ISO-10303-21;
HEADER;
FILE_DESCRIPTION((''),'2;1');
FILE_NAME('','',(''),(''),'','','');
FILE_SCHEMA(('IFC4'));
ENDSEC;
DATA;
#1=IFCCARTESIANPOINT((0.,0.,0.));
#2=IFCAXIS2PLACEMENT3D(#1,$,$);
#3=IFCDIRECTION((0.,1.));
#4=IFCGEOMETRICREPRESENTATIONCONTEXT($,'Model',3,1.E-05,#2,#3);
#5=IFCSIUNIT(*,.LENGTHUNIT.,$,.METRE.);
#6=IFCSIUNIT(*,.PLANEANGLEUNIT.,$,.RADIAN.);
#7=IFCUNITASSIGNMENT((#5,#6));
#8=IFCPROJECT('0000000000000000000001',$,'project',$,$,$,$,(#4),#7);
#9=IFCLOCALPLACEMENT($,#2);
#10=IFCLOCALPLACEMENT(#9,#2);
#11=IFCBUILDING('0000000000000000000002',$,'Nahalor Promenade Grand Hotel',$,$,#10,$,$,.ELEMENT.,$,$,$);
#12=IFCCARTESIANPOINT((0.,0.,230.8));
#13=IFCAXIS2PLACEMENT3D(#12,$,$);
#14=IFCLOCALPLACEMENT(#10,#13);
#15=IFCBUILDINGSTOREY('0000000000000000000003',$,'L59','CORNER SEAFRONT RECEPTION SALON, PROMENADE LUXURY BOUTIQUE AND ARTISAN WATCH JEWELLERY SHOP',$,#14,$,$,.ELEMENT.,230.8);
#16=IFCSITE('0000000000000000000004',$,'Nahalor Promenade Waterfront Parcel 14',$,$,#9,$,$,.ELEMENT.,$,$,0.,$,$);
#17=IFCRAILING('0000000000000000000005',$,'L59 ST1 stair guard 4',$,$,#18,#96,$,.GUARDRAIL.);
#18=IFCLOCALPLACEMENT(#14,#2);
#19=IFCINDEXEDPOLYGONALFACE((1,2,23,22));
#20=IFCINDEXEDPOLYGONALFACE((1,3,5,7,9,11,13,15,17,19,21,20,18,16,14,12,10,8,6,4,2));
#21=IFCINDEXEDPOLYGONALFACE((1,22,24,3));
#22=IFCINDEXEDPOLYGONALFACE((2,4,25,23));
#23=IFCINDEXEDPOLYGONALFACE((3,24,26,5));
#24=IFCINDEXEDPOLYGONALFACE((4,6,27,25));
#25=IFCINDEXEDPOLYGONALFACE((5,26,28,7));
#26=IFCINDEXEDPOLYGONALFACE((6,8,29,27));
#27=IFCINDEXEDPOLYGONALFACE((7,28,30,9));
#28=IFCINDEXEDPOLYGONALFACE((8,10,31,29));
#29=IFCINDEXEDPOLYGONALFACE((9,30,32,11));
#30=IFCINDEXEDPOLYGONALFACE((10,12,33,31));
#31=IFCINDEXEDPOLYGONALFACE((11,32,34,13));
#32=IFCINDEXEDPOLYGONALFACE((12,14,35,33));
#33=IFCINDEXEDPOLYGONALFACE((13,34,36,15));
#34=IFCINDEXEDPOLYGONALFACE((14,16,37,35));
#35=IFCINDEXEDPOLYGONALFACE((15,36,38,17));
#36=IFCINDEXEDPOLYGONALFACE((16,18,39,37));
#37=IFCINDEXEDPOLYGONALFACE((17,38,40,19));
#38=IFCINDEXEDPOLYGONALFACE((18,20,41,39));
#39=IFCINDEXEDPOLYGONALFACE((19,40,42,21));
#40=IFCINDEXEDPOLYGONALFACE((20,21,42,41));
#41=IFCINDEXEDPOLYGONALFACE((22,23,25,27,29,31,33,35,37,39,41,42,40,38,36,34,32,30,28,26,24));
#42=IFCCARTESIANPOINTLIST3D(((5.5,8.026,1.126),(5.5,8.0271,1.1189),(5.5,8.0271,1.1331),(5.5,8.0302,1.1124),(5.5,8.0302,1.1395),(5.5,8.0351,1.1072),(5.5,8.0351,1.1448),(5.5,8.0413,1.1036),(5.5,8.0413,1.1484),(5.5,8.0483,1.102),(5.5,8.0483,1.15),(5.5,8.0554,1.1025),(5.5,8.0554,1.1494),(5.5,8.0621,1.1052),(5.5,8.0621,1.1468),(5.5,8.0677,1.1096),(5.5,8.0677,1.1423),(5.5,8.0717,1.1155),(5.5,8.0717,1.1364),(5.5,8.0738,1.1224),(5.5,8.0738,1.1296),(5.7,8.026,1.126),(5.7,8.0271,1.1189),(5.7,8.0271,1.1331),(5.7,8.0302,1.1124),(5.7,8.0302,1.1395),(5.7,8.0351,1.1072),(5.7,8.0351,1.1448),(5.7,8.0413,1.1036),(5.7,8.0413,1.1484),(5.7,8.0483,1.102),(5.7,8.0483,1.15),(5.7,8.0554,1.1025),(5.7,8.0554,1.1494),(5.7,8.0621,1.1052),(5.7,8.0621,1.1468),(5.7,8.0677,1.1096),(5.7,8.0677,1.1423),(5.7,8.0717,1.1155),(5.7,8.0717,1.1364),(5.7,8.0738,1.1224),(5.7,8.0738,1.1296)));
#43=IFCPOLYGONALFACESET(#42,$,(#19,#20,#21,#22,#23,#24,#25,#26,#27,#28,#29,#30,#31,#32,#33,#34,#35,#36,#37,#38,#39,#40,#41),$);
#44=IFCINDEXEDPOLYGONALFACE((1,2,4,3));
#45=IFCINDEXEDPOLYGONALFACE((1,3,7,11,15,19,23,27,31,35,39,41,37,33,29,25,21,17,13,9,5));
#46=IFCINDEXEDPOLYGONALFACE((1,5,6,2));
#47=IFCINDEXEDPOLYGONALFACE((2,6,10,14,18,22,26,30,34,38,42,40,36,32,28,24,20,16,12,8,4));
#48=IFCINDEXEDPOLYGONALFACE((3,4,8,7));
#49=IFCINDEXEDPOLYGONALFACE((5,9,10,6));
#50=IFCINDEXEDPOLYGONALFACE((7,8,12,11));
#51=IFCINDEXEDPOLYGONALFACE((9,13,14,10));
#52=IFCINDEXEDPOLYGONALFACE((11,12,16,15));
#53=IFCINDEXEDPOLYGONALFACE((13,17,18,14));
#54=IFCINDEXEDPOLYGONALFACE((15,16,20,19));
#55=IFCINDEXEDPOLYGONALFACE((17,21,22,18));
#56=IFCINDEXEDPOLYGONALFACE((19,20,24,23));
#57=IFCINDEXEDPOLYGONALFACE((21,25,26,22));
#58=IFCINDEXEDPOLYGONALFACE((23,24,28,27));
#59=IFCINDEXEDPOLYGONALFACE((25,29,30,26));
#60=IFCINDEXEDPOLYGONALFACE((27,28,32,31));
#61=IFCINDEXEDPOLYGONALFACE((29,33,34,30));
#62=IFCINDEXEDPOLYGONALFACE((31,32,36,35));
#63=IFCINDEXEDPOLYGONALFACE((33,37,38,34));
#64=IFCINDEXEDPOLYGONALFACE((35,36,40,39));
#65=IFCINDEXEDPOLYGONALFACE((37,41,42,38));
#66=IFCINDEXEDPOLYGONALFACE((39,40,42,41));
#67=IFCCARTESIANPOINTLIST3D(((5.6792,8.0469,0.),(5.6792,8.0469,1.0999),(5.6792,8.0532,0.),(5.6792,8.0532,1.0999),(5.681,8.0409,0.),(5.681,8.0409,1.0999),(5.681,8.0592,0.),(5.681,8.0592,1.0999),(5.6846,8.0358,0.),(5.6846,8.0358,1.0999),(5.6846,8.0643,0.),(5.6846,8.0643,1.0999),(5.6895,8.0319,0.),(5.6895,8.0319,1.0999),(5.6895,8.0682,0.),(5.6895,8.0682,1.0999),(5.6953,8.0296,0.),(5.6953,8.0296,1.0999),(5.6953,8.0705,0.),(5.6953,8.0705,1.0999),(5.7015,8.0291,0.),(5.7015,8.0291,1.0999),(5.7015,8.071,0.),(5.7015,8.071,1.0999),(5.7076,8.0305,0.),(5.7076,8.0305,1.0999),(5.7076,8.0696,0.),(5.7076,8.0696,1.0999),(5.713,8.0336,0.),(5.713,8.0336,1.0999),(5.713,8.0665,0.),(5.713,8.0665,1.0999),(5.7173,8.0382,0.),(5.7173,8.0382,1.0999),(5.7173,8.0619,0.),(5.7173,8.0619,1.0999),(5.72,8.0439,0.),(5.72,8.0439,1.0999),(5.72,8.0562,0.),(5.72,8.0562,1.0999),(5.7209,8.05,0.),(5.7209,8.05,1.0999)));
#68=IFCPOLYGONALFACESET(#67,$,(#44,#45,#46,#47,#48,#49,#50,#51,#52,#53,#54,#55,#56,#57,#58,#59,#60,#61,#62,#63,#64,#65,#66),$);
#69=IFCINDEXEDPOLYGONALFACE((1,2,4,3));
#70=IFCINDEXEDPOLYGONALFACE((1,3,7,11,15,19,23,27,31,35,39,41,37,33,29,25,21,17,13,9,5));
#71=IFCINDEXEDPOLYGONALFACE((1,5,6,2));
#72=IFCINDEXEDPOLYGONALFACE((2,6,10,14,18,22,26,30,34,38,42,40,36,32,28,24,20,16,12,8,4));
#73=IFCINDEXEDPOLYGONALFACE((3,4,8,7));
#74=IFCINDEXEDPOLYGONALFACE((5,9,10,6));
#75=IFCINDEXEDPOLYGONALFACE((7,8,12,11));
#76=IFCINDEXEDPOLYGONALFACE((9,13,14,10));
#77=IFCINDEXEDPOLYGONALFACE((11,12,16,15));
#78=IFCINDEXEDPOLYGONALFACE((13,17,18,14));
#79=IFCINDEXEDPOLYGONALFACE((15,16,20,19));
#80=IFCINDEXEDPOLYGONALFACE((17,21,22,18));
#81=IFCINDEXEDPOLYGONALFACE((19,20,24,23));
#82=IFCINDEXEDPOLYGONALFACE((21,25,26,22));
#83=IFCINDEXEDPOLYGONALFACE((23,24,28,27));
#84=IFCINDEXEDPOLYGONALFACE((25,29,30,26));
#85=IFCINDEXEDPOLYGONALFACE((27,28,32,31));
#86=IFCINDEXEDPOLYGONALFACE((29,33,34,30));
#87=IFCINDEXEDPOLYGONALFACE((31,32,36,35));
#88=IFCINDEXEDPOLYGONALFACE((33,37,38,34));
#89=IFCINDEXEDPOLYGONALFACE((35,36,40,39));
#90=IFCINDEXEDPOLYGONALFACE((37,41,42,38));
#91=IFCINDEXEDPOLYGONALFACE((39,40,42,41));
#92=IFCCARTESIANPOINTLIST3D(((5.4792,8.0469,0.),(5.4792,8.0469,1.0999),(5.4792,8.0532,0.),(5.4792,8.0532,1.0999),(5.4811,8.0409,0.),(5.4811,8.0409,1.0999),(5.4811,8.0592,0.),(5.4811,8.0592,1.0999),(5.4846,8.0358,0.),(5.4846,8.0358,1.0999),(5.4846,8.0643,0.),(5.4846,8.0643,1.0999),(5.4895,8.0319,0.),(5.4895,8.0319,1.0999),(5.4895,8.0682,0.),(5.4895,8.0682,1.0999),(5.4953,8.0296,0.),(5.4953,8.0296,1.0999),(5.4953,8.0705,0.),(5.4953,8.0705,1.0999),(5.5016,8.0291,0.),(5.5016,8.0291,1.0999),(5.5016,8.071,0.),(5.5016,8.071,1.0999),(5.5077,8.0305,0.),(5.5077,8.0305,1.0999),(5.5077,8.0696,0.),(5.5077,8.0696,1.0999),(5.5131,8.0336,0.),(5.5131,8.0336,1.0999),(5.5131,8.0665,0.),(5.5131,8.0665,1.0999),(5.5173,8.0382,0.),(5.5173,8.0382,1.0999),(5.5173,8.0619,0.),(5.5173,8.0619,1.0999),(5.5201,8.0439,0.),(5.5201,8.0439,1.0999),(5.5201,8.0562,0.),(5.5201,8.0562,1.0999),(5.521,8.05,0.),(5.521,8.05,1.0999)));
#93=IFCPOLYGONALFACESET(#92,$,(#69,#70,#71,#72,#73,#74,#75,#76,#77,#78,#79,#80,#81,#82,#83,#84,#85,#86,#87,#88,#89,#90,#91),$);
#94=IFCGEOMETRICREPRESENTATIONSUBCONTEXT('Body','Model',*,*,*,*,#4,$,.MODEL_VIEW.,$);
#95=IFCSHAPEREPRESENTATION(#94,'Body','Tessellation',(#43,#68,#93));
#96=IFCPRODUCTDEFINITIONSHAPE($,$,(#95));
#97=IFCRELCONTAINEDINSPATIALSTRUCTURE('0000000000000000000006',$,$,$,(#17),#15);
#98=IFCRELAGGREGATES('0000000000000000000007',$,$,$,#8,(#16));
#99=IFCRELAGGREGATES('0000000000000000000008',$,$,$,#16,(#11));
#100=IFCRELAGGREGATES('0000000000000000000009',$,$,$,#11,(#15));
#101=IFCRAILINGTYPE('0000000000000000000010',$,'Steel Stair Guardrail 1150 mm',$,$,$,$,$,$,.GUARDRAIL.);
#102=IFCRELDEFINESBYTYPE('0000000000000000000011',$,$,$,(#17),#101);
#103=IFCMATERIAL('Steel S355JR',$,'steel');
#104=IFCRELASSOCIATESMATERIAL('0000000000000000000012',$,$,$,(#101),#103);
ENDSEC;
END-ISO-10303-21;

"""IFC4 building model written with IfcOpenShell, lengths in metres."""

from ifc_helpers import new_model, si_unit, direction, frame, origin, origin_2d, place, context, subcontext, project, spatial, circle, extrude, material, type_object, element, save


model = new_model("IFC4")

# Units and contexts
model_context = context("Model", 3, precision=1e-05, world=origin(), true_north=direction((0.0, 1.0)))
body_context = subcontext(model_context, "Body", "Model", "MODEL_VIEW")
ifc_project = project(units=[si_unit("LENGTHUNIT", "METRE"), si_unit("PLANEANGLEUNIT", "RADIAN")], contexts=[model_context])

# Site, building, storey
site_placement = place(None, origin())
site = spatial("IfcSite", under=ifc_project, at=site_placement, Name="Nahalor Promenade Waterfront Parcel 14", CompositionType="ELEMENT", RefElevation=0.0)
building_placement = place(site_placement, origin())
building = spatial("IfcBuilding", under=site, at=building_placement, Name="Nahalor Promenade Grand Hotel", CompositionType="ELEMENT")
storey_placement = place(building_placement, frame((0.0, 0.0, 230.8)))
storey = spatial("IfcBuildingStorey", under=building, at=storey_placement, Name="L59", Description="CORNER SEAFRONT RECEPTION SALON, PROMENADE LUXURY BOUTIQUE AND ARTISAN WATCH JEWELLERY SHOP", CompositionType="ELEMENT", Elevation=230.8)

# Shared definitions
ifc_material_1 = material(Name="Steel S355JR", Category="steel")

# Railing
railing_type_1 = type_object("IfcRailingType", Name="Steel Stair Guardrail 1150 mm", PredefinedType="GUARDRAIL", material=ifc_material_1)
railing_1_placement = place(storey_placement, frame((5.7, 8.05, 0.0)))
element("IfcRailing", 1, at=railing_1_placement, inside=storey, type_object=railing_type_1, Name="L59 ST1 stair guard 4", PredefinedType="GUARDRAIL", context=body_context, shape_type="SweptSolid", body=[
    extrude(circle(Radius=0.024, at=origin_2d()), frame((0.0, 0.0, 1.126), z_axis=(-1.0, 0.0, 0.0), x_axis=(0.0, -1.0, 0.0)), (0.0, 0.0, 1.0), 0.2),
    extrude(circle(Radius=0.021, at=origin_2d()), origin(), (0.0, 0.0, 1.0), 1.0999),
    extrude(circle(Radius=0.021, at=origin_2d()), frame((-0.2, 0.0, 0.0)), (0.0, 0.0, 1.0), 1.0999),
])

save(model, "model.ifc")
